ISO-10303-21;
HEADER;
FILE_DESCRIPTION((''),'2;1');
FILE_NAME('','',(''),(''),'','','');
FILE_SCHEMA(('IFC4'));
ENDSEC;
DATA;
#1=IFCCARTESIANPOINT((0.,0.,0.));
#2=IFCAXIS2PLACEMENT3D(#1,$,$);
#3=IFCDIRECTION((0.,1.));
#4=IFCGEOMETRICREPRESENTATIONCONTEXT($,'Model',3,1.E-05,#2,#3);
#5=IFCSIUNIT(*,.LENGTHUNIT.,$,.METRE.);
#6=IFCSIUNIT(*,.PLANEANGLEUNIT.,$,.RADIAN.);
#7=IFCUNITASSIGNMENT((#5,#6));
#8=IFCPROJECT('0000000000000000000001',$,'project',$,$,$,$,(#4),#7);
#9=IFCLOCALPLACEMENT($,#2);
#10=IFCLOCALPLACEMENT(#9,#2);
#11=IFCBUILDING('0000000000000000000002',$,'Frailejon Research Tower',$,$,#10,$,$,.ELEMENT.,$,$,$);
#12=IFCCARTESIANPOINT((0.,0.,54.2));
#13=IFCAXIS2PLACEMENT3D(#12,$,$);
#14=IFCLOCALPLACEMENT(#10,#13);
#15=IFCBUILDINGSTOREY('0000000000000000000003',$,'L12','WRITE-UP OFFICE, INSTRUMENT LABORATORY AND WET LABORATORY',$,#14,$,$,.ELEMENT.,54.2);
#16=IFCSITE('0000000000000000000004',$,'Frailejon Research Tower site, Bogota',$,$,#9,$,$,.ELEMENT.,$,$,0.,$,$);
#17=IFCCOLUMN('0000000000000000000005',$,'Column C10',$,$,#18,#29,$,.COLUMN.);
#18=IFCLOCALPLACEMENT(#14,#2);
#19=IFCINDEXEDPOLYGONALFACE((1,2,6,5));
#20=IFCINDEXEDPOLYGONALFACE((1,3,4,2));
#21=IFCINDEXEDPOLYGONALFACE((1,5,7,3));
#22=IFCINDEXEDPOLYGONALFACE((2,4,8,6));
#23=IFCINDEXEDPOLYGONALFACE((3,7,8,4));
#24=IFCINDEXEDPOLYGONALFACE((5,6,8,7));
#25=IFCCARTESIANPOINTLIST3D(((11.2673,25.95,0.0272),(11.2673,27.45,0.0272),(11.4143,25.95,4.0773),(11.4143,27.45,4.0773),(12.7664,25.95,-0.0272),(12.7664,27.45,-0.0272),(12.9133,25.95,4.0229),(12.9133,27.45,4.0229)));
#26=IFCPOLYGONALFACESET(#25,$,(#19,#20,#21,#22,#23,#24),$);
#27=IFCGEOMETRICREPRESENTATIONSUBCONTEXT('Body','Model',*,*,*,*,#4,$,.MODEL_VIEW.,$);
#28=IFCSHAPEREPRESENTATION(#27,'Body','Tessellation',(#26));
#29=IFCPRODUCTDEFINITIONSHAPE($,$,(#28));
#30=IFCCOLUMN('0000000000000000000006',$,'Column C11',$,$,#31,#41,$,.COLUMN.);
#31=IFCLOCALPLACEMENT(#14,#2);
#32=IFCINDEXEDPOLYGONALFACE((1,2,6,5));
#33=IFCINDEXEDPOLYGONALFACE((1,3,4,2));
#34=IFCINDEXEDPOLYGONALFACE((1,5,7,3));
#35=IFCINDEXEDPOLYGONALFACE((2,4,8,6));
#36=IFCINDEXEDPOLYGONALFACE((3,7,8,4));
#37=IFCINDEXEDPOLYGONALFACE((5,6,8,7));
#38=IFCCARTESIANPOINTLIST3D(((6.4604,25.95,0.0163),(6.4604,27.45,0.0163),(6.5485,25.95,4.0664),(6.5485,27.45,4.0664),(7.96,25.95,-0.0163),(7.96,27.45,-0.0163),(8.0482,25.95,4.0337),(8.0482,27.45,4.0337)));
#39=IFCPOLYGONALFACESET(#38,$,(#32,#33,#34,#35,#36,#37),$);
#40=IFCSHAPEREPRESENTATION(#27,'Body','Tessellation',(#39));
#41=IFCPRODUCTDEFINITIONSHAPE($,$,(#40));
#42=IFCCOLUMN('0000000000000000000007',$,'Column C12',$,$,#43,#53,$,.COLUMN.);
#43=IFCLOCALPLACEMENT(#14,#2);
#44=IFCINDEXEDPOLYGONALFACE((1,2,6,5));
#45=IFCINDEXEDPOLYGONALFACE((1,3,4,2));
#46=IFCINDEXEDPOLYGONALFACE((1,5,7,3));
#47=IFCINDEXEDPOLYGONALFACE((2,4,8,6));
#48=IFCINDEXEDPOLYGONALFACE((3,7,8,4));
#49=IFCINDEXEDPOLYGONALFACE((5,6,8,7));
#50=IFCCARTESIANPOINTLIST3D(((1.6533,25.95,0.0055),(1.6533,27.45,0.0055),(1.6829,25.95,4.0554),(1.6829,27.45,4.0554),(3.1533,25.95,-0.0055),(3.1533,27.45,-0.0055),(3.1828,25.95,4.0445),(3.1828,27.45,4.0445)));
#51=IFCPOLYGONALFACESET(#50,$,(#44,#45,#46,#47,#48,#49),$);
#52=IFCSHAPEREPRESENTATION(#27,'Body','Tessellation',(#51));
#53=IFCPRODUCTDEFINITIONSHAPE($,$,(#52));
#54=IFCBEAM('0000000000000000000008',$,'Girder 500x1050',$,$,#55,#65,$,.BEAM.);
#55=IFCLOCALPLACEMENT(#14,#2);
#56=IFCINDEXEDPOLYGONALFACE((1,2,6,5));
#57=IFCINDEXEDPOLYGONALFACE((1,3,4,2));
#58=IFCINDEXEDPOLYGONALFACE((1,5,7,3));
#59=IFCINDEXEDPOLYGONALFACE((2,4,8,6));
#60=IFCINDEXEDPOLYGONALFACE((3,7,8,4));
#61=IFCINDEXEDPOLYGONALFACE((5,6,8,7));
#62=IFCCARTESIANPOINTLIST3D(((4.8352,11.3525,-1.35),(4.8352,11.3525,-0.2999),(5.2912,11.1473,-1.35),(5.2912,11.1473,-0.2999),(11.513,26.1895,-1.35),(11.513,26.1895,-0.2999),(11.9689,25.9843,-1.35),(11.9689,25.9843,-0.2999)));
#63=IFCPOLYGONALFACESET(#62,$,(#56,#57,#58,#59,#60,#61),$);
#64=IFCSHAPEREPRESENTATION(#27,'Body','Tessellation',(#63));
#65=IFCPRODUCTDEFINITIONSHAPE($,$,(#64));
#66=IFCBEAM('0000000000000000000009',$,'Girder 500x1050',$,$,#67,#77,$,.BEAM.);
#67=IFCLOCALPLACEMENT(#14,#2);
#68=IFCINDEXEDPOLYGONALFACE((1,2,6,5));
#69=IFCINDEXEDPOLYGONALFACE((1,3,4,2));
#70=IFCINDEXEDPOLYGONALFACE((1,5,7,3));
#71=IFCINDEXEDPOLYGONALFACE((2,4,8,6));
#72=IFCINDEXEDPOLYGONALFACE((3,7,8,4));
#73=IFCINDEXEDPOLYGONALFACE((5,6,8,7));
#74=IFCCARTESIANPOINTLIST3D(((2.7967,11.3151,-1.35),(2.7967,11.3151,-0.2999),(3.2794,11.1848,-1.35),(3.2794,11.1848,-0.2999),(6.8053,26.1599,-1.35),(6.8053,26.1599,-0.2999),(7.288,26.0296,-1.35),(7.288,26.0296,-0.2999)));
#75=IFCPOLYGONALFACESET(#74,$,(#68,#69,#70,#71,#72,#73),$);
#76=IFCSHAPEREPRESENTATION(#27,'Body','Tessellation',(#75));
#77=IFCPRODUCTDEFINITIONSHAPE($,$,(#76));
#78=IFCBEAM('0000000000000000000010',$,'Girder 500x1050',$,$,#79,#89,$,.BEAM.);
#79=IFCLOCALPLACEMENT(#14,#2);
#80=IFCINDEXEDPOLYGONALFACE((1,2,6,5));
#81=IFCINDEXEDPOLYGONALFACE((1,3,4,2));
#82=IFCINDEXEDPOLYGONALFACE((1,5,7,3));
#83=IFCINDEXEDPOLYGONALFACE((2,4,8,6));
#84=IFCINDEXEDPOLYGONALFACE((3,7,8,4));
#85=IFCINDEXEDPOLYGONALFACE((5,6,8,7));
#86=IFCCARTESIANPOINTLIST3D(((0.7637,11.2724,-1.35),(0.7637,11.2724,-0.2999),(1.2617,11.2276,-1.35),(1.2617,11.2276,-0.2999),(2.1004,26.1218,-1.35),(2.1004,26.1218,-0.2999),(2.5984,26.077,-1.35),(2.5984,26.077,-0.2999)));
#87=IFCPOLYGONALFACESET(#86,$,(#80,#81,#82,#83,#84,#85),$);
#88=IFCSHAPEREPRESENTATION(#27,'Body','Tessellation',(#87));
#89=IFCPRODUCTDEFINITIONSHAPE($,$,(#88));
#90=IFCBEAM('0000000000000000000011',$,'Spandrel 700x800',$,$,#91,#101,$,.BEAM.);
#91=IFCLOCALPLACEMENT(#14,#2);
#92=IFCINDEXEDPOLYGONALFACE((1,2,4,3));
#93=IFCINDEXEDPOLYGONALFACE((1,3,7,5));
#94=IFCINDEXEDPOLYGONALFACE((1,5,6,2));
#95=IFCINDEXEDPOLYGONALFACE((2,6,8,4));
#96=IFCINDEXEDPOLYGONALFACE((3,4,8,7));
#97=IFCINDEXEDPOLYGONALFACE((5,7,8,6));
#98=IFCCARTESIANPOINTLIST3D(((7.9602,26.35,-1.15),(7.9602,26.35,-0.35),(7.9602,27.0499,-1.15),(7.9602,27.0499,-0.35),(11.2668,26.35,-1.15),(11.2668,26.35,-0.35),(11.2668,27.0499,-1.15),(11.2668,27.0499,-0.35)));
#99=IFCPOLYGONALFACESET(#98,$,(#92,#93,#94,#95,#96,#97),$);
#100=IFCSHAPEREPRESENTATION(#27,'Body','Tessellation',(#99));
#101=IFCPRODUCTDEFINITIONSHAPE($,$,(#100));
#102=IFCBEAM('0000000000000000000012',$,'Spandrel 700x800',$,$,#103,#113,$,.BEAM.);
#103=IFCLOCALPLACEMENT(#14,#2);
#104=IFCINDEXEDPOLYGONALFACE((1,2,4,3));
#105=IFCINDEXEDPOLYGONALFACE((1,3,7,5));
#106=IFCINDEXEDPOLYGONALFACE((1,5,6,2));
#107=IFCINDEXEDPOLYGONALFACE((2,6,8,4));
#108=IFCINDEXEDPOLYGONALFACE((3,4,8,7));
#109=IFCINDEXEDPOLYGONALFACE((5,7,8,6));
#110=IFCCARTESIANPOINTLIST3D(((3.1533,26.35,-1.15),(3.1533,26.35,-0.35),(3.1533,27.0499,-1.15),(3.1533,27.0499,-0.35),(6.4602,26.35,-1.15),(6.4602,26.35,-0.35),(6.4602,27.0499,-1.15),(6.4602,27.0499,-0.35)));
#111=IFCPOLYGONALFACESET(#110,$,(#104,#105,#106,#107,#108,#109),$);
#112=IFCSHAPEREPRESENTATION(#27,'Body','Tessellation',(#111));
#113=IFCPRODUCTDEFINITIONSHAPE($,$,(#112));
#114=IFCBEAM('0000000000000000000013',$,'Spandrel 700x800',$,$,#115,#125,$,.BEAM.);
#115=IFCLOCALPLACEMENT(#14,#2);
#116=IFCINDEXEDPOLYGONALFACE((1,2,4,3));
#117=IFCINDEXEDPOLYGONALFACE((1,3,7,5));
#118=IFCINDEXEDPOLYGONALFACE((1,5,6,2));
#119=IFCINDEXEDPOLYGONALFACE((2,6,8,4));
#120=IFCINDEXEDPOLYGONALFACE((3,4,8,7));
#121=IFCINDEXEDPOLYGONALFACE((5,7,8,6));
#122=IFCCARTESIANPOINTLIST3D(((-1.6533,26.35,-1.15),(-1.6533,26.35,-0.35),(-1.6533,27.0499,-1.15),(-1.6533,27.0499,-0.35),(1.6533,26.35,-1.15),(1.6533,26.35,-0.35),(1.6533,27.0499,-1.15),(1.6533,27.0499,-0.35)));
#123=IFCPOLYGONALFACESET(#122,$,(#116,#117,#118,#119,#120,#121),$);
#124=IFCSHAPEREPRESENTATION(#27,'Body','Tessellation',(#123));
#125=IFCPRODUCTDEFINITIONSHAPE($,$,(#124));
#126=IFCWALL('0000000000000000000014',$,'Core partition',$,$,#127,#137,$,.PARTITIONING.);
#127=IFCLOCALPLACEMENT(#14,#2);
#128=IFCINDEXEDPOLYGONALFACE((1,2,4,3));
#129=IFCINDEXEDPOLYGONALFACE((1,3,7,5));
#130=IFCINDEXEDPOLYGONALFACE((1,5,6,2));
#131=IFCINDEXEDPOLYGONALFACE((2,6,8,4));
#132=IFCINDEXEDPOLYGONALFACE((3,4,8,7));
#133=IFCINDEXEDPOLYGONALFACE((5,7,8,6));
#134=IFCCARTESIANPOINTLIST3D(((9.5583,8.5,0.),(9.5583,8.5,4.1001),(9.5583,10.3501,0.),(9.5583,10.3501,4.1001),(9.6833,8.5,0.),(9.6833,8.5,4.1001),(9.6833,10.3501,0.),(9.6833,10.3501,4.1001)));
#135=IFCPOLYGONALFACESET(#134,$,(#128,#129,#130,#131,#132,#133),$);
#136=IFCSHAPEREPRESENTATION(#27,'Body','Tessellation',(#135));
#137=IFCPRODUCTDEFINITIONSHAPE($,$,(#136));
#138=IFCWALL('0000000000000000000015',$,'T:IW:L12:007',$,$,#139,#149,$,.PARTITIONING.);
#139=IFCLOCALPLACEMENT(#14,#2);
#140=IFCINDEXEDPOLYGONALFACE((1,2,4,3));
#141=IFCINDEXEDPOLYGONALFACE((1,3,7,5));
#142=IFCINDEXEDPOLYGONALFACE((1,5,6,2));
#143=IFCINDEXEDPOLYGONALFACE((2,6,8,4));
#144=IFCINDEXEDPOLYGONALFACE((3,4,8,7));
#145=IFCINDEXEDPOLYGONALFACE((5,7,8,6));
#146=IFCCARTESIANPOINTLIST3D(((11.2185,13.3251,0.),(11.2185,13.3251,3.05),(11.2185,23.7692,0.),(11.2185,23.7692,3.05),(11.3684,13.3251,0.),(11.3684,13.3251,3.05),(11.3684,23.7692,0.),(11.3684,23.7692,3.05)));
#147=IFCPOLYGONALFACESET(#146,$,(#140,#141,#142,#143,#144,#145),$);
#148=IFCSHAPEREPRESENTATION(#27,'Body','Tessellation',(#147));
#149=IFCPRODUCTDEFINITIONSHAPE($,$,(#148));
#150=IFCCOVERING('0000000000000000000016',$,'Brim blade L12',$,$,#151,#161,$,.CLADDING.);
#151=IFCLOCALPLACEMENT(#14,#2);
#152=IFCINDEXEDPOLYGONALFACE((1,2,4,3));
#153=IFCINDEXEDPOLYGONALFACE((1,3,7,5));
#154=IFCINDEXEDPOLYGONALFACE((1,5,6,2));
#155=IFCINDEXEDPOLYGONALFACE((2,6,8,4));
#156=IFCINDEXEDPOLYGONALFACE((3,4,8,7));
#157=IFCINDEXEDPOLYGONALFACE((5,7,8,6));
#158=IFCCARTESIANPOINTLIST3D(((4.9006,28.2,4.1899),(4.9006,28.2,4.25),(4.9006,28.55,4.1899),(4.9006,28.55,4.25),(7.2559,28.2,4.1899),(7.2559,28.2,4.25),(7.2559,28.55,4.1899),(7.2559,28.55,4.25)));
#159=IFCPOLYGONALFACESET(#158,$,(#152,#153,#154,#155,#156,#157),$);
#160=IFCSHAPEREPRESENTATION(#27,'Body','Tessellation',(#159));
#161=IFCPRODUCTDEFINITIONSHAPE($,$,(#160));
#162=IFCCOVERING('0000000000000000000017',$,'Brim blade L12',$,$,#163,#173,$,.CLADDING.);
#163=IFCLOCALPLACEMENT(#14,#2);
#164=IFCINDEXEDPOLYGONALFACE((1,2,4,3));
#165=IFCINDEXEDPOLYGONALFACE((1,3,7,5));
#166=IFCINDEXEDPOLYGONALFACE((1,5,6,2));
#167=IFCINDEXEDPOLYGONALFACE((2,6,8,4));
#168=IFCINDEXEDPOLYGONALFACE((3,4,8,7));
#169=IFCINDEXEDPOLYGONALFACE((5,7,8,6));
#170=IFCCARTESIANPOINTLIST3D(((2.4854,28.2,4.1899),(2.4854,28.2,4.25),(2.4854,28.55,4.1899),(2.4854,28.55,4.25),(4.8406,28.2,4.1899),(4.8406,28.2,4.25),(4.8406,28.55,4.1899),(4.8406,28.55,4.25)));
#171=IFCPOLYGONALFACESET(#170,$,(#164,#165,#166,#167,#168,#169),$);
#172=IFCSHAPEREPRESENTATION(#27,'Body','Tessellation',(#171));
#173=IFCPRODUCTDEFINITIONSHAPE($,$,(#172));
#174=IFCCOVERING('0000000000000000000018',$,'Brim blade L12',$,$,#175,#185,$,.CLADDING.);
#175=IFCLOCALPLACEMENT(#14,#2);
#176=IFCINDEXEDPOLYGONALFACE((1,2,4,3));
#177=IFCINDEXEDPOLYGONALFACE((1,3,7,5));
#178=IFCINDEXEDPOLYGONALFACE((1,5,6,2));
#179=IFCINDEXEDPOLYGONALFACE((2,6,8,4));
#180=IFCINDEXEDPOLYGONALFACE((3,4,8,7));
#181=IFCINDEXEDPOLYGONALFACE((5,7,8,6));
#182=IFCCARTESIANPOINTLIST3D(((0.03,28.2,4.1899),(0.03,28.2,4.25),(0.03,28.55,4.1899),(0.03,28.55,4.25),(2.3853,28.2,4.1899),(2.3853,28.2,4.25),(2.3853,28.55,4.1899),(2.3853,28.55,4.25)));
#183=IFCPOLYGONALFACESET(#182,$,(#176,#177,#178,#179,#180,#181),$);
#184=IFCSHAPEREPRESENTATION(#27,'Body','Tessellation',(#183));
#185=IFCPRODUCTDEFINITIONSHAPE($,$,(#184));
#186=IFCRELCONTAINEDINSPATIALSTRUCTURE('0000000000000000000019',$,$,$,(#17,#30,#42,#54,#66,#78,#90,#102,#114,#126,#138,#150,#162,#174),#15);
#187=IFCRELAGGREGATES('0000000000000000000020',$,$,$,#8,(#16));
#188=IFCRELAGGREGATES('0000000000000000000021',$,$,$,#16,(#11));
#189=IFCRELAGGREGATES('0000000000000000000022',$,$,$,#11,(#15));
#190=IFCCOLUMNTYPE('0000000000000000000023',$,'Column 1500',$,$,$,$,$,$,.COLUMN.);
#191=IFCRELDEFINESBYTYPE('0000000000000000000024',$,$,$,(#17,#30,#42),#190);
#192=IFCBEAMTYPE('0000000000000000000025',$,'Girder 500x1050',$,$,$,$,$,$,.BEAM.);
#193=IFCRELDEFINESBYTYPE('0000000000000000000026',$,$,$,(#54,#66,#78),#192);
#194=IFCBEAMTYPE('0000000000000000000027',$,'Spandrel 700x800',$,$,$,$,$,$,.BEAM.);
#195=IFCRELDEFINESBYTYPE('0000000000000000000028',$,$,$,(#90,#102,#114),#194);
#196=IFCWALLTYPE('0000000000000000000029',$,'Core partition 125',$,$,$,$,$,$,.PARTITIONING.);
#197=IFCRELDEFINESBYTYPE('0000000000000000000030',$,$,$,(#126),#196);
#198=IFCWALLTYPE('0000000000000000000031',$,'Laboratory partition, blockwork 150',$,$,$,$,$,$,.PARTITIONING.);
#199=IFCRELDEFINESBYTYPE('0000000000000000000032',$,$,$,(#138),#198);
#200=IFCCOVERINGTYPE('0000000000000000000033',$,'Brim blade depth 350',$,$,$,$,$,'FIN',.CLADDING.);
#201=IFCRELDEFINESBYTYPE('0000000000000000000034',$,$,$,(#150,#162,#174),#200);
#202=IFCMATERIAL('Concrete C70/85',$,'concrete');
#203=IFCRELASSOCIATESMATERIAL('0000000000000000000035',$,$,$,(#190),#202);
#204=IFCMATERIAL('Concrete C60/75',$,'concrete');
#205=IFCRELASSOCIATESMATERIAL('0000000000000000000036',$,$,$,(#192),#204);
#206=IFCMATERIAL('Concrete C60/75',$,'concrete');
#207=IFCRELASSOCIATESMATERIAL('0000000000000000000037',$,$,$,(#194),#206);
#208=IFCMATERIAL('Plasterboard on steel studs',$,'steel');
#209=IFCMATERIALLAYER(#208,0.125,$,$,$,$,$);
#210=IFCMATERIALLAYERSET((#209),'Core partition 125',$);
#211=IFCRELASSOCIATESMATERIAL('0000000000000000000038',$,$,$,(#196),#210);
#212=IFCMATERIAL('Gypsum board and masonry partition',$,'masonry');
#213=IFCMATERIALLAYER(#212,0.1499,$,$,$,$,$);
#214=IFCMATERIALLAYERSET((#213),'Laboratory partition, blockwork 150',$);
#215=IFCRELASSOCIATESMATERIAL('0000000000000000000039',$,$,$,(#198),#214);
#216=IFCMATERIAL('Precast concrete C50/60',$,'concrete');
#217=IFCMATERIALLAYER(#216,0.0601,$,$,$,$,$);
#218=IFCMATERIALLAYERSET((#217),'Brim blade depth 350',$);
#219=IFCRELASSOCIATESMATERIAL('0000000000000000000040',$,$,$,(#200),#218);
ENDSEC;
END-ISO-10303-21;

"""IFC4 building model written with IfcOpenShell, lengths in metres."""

from ifc_helpers import new_model, si_unit, direction, frame, frame_2d, origin, origin_2d, place, context, subcontext, project, spatial, polyline, rectangle, outline, extrude, material, layer, layer_set, material_profile, profile_set, type_object, element, save


model = new_model("IFC4")

# Units and contexts
model_context = context("Model", 3, precision=1e-05, world=origin(), true_north=direction((0.0, 1.0)))
body_context = subcontext(model_context, "Body", "Model", "MODEL_VIEW")
ifc_project = project(units=[si_unit("LENGTHUNIT", "METRE"), si_unit("PLANEANGLEUNIT", "RADIAN")], contexts=[model_context])

# Site, building, storey
site_placement = place(None, origin())
site = spatial("IfcSite", under=ifc_project, at=site_placement, Name="Frailejon Research Tower site, Bogota", CompositionType="ELEMENT", RefElevation=0.0)
building_placement = place(site_placement, origin())
building = spatial("IfcBuilding", under=site, at=building_placement, Name="Frailejon Research Tower", CompositionType="ELEMENT")
storey_placement = place(building_placement, frame((0.0, 0.0, 54.2)))
storey = spatial("IfcBuildingStorey", under=building, at=storey_placement, Name="L12", Description="WRITE-UP OFFICE, INSTRUMENT LABORATORY AND WET LABORATORY", CompositionType="ELEMENT", Elevation=54.2)

# Columns
ifc_material_1 = material(Name="Concrete C70/85", Category="concrete")
ifc_material_profile_1 = material_profile(ifc_material_1, rectangle(XDim=1.5, YDim=1.5, at=origin_2d()), Name="Column 1500")
ifc_profile_set_1 = profile_set([ifc_material_profile_1], Name="Concrete C70/85")
column_type = type_object("IfcColumnType", Name="Column 1500", PredefinedType="COLUMN", material=ifc_profile_set_1)
column_1_placement = place(storey_placement, frame((12.0168, 26.7, 0.0), z_axis=(0.036265, 0.0, 0.999342), x_axis=(-0.999342, 0.0, 0.036265)))
element("IfcColumn", 1, at=column_1_placement, inside=storey, type_object=column_type, Name="Column C10", PredefinedType="COLUMN", context=body_context, shape_type="SweptSolid", body=[
    extrude(rectangle(XDim=1.5, YDim=1.5, at=origin_2d()), origin(), (0.0, 0.0, 1.0), 4.0527),
])
column_2_placement = place(storey_placement, frame((7.2102, 26.7, 0.0), z_axis=(0.021756, 0.0, 0.999763), x_axis=(-0.999763, 0.0, 0.021756)))
element("IfcColumn", 2, at=column_2_placement, inside=storey, type_object=column_type, Name="Column C11", PredefinedType="COLUMN", context=body_context, shape_type="SweptSolid", body=[
    extrude(rectangle(XDim=1.5, YDim=1.5, at=origin_2d()), origin(), (0.0, 0.0, 1.0), 4.051),
])
column_3_placement = place(storey_placement, frame((2.4033, 26.7, 0.0), z_axis=(0.007294, 0.0, 0.999973), x_axis=(-0.999973, 0.0, 0.007294)))
element("IfcColumn", 3, at=column_3_placement, inside=storey, type_object=column_type, Name="Column C12", PredefinedType="COLUMN", context=body_context, shape_type="SweptSolid", body=[
    extrude(rectangle(XDim=1.5, YDim=1.5, at=origin_2d()), origin(), (0.0, 0.0, 1.0), 4.05),
])

# Beams
ifc_material_2 = material(Name="Concrete C60/75", Category="concrete")
ifc_material_profile_2 = material_profile(ifc_material_2, rectangle(XDim=0.5, YDim=1.05, at=origin_2d()), Name="Girder 500x1050")
ifc_profile_set_2 = profile_set([ifc_material_profile_2], Name="Concrete C60/75")
beam_type_1 = type_object("IfcBeamType", Name="Girder 500x1050", PredefinedType="BEAM", material=ifc_profile_set_2)
beam_1_placement = place(storey_placement, frame((11.741, 26.0869, -0.825), z_axis=(-0.410422, -0.911896, 0.0), x_axis=(0.911896, -0.410422, 0.0)))
element("IfcBeam", 4, at=beam_1_placement, inside=storey, type_object=beam_type_1, Name="Girder 500x1050", PredefinedType="BEAM", context=body_context, shape_type="SweptSolid", body=[
    extrude(rectangle(XDim=0.5, YDim=1.05, at=origin_2d()), origin(), (0.0, 0.0, 1.0), 16.2705),
])
beam_2_placement = place(storey_placement, frame((7.0466, 26.0947, -0.825), z_axis=(-0.260694, -0.965421, 0.0), x_axis=(0.965421, -0.260694, 0.0)))
element("IfcBeam", 5, at=beam_2_placement, inside=storey, type_object=beam_type_1, Name="Girder 500x1050", PredefinedType="BEAM", context=body_context, shape_type="SweptSolid", body=[
    extrude(rectangle(XDim=0.5, YDim=1.05, at=origin_2d()), origin(), (0.0, 0.0, 1.0), 15.3765),
])
beam_3_placement = place(storey_placement, frame((2.3494, 26.0994, -0.825), z_axis=(-0.089653, -0.995973, 0.0), x_axis=(0.995973, -0.089653, 0.0)))
element("IfcBeam", 6, at=beam_3_placement, inside=storey, type_object=beam_type_1, Name="Girder 500x1050", PredefinedType="BEAM", context=body_context, shape_type="SweptSolid", body=[
    extrude(rectangle(XDim=0.5, YDim=1.05, at=origin_2d()), origin(), (0.0, 0.0, 1.0), 14.9094),
])
ifc_material_3 = material(Name="Concrete C60/75", Category="concrete")
ifc_material_profile_3 = material_profile(ifc_material_3, rectangle(XDim=0.7, YDim=0.8, at=origin_2d()), Name="Spandrel 700x800")
ifc_profile_set_3 = profile_set([ifc_material_profile_3], Name="Concrete C60/75")
beam_type_2 = type_object("IfcBeamType", Name="Spandrel 700x800", PredefinedType="BEAM", material=ifc_profile_set_3)
beam_4_placement = place(storey_placement, frame((11.2668, 26.7, -0.75), z_axis=(-1.0, 0.0, 0.0), x_axis=(0.0, -1.0, 0.0)))
element("IfcBeam", 7, at=beam_4_placement, inside=storey, type_object=beam_type_2, Name="Spandrel 700x800", PredefinedType="BEAM", context=body_context, shape_type="SweptSolid", body=[
    extrude(rectangle(XDim=0.7, YDim=0.8, at=origin_2d()), origin(), (0.0, 0.0, 1.0), 3.3066),
])
beam_5_placement = place(storey_placement, frame((6.4602, 26.7, -0.75), z_axis=(-1.0, 0.0, 0.0), x_axis=(0.0, -1.0, 0.0)))
element("IfcBeam", 8, at=beam_5_placement, inside=storey, type_object=beam_type_2, Name="Spandrel 700x800", PredefinedType="BEAM", context=body_context, shape_type="SweptSolid", body=[
    extrude(rectangle(XDim=0.7, YDim=0.8, at=origin_2d()), origin(), (0.0, 0.0, 1.0), 3.3069),
])
beam_6_placement = place(storey_placement, frame((1.6533, 26.7, -0.75), z_axis=(-1.0, 0.0, 0.0), x_axis=(0.0, -1.0, 0.0)))
element("IfcBeam", 9, at=beam_6_placement, inside=storey, type_object=beam_type_2, Name="Spandrel 700x800", PredefinedType="BEAM", context=body_context, shape_type="SweptSolid", body=[
    extrude(rectangle(XDim=0.7, YDim=0.8, at=origin_2d()), origin(), (0.0, 0.0, 1.0), 3.3066),
])

# Walls
ifc_material_4 = material(Name="Plasterboard on steel studs", Category="steel")
ifc_layer_1 = layer(ifc_material_4, 0.125)
ifc_layer_set_1 = layer_set([ifc_layer_1], Name="Core partition 125")
wall_type_1 = type_object("IfcWallType", Name="Core partition 125", PredefinedType="PARTITIONING", material=ifc_layer_set_1)
wall_1_placement = place(storey_placement, frame((9.6208, 8.5, 0.0), z_axis=(0.0, 0.0, 1.0), x_axis=(0.0, 1.0, 0.0)))
element("IfcWall", 10, at=wall_1_placement, inside=storey, type_object=wall_type_1, Name="Core partition", PredefinedType="PARTITIONING", context=body_context, shape_type="SweptSolid", body=[
    extrude(rectangle(XDim=1.8501, YDim=0.125, at=frame_2d((0.925, 0.0))), origin(), (0.0, 0.0, 1.0), 4.1001),
])
ifc_material_5 = material(Name="Gypsum board and masonry partition", Category="masonry")
ifc_layer_2 = layer(ifc_material_5, 0.1499)
ifc_layer_set_2 = layer_set([ifc_layer_2], Name="Laboratory partition, blockwork 150")
wall_type_2 = type_object("IfcWallType", Name="Laboratory partition, blockwork 150", PredefinedType="PARTITIONING", material=ifc_layer_set_2)
wall_2_placement = place(storey_placement, frame((11.2935, 13.325, 0.0), z_axis=(0.0, 0.0, 1.0), x_axis=(0.0, 1.0, 0.0)))
element("IfcWall", 11, at=wall_2_placement, inside=storey, type_object=wall_type_2, Name="T:IW:L12:007", PredefinedType="PARTITIONING", context=body_context, shape_type="SweptSolid", body=[
    extrude(rectangle(XDim=10.4441, YDim=0.1499, at=frame_2d((5.2222, 0.0))), origin(), (0.0, 0.0, 1.0), 3.05),
])

# Coverings
ifc_material_6 = material(Name="Precast concrete C50/60", Category="concrete")
ifc_layer_3 = layer(ifc_material_6, 0.0601)
ifc_layer_set_3 = layer_set([ifc_layer_3], Name="Brim blade depth 350")
covering_type_1 = type_object("IfcCoveringType", Name="Brim blade depth 350", ElementType="FIN", PredefinedType="CLADDING", material=ifc_layer_set_3)
for number, where, z_axis, x_axis, name in (
    (12, (4.9006, 28.2, 4.25), (1.0, 0.0, 0.0), (0.0, 1.0, 0.0), "Brim blade L12"),
    (13, (2.4854, 28.2, 4.25), (1.0, 0.0, 0.0), (0.0, 1.0, 0.0), "Brim blade L12"),
    (14, (0.03, 28.2, 4.25), (1.0, 0.0, 0.0), (0.0, 1.0, 0.0), "Brim blade L12"),
):
    element("IfcCovering", number, at=place(storey_placement, frame(where, z_axis=z_axis, x_axis=x_axis)), inside=storey, type_object=covering_type_1, Name=name, PredefinedType="CLADDING", context=body_context, shape_type="SweptSolid", body=[
        extrude(outline(polyline([(0.0, -0.0601), (0.3501, -0.0601), (0.3501, 0.0), (0.0, 0.0), (0.0, -0.0601)])), origin(), (0.0, 0.0, 1.0), 2.3552),
    ])

save(model, "model.ifc")
